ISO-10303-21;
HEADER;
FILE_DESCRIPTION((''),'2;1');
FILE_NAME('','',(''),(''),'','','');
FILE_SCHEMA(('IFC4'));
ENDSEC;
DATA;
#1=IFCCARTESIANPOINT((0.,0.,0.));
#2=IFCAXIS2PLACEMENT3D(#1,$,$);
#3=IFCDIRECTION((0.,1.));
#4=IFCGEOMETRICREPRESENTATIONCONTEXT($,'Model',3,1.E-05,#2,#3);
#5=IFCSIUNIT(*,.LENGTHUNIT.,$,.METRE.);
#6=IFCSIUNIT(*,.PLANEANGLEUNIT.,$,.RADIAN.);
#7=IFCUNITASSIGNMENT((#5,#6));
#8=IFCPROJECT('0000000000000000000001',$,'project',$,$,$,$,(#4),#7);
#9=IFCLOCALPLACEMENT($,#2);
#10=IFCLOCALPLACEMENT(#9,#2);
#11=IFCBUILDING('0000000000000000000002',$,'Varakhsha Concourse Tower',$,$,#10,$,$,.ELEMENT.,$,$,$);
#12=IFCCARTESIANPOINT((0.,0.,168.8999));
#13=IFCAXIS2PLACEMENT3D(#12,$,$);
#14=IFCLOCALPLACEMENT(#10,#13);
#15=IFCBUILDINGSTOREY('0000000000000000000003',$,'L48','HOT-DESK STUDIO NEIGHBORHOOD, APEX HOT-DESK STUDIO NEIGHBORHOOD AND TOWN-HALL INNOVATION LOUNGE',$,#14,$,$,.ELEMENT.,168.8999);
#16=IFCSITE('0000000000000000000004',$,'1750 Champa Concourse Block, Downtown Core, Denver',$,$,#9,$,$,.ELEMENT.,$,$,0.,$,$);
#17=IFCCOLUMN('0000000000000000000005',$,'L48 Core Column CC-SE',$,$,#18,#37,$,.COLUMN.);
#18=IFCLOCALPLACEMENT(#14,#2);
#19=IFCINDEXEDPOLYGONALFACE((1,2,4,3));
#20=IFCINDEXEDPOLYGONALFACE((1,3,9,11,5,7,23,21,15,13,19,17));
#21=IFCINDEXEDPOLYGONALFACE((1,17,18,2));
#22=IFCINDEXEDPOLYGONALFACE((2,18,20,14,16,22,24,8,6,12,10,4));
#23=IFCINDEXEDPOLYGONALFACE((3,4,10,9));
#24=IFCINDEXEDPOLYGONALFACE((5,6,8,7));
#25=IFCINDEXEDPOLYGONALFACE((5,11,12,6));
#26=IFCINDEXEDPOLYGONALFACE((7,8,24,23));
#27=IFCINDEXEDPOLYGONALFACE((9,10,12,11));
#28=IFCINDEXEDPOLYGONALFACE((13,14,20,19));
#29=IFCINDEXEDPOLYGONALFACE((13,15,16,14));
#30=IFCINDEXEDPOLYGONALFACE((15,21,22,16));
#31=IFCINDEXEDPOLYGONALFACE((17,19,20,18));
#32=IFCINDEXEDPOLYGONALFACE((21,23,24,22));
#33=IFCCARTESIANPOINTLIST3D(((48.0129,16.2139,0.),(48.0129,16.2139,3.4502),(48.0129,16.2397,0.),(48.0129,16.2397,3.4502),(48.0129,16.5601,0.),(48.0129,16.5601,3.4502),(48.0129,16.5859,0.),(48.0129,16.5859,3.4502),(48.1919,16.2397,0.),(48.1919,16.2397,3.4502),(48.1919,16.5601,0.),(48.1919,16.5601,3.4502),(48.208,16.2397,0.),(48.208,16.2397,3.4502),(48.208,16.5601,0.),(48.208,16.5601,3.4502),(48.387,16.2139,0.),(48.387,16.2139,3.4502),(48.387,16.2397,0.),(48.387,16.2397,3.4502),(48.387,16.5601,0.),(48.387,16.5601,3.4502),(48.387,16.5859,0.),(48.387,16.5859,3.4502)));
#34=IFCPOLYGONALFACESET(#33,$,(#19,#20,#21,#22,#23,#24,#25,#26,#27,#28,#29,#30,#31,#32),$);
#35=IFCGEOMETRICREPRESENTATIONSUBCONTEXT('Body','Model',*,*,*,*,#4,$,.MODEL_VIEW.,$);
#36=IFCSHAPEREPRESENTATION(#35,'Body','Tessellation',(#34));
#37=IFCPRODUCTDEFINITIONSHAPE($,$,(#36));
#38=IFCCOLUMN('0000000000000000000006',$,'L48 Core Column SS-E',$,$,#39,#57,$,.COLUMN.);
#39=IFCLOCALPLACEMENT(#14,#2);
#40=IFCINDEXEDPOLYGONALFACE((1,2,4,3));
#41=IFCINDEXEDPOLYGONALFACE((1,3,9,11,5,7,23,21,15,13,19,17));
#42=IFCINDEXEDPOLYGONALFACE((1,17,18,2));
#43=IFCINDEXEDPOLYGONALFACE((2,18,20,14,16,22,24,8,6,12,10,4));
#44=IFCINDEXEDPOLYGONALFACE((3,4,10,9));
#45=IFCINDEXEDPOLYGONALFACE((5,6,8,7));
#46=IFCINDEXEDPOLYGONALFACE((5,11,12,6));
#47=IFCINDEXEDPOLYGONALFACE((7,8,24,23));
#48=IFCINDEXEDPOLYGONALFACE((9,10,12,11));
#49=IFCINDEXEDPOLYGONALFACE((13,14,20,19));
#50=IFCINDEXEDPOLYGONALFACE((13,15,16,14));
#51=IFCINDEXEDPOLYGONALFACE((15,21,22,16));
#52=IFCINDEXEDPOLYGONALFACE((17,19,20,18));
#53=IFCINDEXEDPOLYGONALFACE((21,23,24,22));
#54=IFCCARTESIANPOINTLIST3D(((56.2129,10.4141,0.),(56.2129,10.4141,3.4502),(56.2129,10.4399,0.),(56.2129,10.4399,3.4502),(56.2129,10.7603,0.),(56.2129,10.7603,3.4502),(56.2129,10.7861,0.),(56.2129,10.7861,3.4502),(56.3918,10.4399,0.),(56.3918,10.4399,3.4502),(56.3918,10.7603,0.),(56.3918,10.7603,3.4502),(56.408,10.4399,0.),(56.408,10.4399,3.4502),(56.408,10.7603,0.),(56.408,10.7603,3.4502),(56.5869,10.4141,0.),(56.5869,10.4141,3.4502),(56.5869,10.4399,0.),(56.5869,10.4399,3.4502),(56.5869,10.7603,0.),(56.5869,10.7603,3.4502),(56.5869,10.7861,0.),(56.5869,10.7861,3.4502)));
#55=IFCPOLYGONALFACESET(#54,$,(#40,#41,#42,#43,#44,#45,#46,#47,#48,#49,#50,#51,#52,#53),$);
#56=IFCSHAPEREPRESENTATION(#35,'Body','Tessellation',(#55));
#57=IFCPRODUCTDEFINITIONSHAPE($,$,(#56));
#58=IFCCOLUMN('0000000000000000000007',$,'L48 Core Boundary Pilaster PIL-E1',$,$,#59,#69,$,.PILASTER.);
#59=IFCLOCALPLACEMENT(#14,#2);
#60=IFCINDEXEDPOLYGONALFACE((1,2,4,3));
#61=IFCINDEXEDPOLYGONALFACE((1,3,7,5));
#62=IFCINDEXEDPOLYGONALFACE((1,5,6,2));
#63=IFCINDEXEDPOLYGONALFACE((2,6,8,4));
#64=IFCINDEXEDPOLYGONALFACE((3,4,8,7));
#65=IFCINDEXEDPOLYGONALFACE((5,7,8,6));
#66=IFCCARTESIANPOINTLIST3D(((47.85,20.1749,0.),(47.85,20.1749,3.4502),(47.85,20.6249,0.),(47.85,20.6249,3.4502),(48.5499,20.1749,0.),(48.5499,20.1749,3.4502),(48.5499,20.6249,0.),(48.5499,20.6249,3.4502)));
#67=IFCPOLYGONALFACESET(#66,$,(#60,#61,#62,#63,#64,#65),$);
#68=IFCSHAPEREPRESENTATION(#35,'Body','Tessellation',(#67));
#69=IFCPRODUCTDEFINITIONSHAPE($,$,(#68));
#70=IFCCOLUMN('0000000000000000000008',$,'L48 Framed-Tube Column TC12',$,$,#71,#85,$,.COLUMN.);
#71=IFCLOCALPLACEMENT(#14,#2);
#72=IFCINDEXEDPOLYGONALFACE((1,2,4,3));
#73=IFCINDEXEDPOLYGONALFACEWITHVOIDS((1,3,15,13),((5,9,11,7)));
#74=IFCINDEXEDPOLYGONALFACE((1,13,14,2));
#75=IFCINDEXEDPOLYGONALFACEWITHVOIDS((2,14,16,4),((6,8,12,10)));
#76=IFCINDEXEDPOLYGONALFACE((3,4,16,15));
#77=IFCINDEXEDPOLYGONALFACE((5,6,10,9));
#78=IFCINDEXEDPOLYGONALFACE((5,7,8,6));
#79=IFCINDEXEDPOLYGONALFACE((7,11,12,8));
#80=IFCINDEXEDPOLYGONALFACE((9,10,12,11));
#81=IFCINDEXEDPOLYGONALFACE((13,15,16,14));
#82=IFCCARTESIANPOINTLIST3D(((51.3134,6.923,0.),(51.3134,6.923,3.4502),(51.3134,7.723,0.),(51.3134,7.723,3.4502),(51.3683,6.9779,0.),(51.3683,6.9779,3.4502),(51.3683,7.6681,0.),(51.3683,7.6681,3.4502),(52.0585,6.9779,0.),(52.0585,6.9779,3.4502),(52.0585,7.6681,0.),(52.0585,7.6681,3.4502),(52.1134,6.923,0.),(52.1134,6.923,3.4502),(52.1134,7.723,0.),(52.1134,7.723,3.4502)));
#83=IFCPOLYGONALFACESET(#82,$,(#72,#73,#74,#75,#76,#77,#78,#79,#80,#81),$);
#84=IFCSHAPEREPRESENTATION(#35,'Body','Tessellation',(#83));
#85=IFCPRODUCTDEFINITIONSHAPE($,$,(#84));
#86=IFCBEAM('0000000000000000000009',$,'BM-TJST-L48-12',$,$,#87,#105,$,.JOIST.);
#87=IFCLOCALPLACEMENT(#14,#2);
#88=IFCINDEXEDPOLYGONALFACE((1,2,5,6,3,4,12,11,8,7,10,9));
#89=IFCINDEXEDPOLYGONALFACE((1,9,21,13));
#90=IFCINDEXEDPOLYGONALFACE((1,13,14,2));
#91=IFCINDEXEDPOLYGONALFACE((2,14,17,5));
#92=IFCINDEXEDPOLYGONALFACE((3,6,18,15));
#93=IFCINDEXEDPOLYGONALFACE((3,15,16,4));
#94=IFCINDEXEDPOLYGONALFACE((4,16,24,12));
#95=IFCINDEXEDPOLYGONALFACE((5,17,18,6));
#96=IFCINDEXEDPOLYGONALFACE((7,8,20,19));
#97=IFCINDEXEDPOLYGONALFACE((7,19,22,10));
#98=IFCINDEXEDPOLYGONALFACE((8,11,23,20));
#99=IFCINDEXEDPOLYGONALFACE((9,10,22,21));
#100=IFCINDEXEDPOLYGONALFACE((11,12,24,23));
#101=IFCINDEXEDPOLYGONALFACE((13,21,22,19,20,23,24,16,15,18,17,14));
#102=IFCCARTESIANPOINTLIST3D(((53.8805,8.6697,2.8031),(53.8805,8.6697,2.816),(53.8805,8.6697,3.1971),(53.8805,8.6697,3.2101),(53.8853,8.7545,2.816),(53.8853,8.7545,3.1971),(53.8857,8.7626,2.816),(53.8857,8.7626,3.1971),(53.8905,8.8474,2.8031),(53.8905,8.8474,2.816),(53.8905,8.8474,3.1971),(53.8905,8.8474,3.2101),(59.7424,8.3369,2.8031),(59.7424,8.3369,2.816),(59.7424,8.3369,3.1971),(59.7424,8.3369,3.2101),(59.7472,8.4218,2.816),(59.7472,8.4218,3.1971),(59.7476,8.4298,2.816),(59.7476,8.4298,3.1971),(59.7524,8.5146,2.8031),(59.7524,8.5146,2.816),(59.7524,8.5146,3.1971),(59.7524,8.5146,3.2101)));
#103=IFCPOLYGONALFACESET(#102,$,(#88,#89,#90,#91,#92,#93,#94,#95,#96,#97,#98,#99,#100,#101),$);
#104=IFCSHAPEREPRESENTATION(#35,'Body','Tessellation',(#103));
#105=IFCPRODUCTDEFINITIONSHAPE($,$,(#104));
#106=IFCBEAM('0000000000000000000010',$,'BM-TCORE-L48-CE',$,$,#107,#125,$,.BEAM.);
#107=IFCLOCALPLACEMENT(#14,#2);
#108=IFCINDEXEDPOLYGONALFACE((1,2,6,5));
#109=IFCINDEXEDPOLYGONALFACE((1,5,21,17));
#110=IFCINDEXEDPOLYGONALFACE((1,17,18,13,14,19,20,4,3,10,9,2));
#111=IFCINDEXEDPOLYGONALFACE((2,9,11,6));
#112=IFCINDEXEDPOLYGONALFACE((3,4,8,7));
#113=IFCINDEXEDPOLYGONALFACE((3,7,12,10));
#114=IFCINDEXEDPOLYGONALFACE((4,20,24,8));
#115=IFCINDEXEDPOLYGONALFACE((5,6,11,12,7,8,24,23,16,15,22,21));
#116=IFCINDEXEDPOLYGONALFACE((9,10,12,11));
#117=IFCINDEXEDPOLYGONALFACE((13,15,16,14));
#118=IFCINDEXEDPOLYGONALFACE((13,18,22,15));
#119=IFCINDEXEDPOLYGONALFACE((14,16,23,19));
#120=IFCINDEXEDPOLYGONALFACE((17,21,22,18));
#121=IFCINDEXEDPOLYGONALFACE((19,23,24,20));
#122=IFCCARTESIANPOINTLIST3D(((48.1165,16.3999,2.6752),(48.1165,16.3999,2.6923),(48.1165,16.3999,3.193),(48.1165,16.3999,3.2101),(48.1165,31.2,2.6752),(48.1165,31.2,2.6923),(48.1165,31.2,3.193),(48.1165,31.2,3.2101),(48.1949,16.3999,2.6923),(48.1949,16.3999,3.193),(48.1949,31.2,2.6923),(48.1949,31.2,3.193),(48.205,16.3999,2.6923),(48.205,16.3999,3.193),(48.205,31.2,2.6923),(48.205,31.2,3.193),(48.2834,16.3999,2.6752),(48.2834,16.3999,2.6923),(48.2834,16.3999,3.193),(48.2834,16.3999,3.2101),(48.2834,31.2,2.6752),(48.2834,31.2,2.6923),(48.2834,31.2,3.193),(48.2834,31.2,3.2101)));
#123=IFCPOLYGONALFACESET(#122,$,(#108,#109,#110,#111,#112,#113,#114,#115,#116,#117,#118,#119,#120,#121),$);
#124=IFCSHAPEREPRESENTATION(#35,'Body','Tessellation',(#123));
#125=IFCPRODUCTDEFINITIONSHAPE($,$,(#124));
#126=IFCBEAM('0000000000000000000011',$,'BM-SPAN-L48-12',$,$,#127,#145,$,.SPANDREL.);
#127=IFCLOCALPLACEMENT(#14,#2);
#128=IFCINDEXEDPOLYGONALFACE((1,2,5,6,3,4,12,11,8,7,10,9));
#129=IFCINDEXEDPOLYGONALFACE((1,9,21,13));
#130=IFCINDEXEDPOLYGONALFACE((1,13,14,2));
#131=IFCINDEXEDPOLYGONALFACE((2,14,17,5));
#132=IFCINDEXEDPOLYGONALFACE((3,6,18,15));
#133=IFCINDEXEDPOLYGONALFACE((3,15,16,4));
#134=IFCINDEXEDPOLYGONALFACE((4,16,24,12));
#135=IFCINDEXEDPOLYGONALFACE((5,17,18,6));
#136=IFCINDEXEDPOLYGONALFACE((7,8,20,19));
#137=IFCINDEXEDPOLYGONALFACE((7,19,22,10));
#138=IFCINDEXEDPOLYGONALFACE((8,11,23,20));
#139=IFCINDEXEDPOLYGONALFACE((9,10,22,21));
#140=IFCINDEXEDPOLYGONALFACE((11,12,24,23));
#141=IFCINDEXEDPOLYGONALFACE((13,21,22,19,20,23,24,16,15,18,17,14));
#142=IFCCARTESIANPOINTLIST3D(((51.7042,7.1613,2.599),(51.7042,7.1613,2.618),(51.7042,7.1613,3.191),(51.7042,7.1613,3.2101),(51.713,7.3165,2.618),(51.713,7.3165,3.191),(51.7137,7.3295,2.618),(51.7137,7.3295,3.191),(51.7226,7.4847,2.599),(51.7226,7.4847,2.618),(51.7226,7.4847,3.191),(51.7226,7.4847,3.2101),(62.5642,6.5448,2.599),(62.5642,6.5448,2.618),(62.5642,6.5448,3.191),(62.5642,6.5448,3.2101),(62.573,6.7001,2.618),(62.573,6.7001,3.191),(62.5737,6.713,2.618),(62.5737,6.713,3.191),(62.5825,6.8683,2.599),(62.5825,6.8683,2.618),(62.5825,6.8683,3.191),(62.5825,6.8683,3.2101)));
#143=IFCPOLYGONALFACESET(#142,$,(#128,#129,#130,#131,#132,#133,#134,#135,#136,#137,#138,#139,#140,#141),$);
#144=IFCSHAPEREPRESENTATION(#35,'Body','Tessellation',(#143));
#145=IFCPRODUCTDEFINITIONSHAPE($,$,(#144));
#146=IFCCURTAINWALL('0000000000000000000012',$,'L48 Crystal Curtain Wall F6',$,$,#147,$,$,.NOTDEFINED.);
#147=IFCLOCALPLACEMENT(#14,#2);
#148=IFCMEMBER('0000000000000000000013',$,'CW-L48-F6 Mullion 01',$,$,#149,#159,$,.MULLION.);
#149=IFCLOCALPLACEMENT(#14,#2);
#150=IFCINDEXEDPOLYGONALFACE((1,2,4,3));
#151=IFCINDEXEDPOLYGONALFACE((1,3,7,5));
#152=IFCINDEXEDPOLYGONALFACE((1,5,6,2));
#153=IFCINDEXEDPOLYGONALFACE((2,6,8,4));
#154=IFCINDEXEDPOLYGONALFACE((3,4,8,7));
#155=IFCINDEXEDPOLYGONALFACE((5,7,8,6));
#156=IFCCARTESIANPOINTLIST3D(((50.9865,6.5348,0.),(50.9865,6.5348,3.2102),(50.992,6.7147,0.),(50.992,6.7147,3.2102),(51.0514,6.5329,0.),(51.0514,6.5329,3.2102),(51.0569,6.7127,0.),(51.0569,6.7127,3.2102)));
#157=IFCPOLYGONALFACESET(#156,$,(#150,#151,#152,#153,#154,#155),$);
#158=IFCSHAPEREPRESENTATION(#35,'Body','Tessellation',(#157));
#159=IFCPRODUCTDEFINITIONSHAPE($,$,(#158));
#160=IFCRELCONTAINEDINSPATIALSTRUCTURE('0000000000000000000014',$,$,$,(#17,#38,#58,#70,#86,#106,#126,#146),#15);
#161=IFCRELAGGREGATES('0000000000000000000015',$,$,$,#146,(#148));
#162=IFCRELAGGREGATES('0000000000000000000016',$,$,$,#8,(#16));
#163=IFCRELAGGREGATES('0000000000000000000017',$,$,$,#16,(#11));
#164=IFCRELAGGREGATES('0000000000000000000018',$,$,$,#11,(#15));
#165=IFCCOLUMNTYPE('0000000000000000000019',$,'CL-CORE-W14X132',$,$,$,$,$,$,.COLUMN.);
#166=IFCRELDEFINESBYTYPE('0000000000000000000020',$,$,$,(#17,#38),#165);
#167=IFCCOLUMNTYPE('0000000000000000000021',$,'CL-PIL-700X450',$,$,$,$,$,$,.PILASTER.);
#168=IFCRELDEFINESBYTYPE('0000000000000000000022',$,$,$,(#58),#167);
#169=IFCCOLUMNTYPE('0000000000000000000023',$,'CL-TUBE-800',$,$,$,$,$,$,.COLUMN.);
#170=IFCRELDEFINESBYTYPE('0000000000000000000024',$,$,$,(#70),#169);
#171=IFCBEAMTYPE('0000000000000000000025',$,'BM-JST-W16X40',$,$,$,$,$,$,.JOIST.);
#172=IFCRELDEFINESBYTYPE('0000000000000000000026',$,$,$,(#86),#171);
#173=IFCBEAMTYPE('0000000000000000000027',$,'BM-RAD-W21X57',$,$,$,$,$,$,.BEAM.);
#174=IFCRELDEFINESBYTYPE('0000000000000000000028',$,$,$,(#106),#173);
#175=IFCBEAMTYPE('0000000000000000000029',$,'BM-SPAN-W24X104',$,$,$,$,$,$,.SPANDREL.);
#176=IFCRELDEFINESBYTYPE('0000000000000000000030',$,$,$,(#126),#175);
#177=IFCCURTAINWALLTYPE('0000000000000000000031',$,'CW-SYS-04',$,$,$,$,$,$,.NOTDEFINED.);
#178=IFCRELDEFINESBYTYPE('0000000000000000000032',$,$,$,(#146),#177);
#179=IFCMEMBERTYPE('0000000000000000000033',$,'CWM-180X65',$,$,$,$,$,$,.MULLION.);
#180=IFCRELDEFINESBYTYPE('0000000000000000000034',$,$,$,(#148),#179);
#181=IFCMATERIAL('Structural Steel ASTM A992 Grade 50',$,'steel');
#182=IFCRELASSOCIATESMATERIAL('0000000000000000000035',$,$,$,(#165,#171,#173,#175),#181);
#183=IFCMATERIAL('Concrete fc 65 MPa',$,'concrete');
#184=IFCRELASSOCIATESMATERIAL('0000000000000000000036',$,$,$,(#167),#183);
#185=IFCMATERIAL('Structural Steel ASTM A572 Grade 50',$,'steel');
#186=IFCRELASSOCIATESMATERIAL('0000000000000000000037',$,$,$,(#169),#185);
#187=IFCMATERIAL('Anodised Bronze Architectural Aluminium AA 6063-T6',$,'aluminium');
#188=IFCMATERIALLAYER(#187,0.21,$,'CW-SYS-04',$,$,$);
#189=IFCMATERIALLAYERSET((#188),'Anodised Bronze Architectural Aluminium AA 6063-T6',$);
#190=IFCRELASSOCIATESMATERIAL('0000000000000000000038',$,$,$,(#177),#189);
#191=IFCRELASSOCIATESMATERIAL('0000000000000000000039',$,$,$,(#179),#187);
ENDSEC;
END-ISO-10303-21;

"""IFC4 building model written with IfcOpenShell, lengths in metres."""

from ifc_helpers import new_model, si_unit, direction, frame, origin, origin_2d, place, context, subcontext, project, spatial, rectangle, hollow_rectangle, i_section, extrude, source, transform, mapped, material, layer, layer_set, material_profile, profile_set, type_object, type_shapes, element, aggregate, save


model = new_model("IFC4")

# Units and contexts
model_context = context("Model", 3, precision=1e-05, world=origin(), true_north=direction((0.0, 1.0)))
body_context = subcontext(model_context, "Body", "Model", "MODEL_VIEW")
ifc_project = project(units=[si_unit("LENGTHUNIT", "METRE"), si_unit("PLANEANGLEUNIT", "RADIAN")], contexts=[model_context])

# Site, building, storey
site_placement = place(None, origin())
site = spatial("IfcSite", under=ifc_project, at=site_placement, Name="1750 Champa Concourse Block, Downtown Core, Denver", CompositionType="ELEMENT", RefElevation=0.0)
building_placement = place(site_placement, origin())
building = spatial("IfcBuilding", under=site, at=building_placement, Name="Varakhsha Concourse Tower", CompositionType="ELEMENT")
storey_placement = place(building_placement, frame((0.0, 0.0, 168.8999)))
storey = spatial("IfcBuildingStorey", under=building, at=storey_placement, Name="L48", Description="HOT-DESK STUDIO NEIGHBORHOOD, APEX HOT-DESK STUDIO NEIGHBORHOOD AND TOWN-HALL INNOVATION LOUNGE", CompositionType="ELEMENT", Elevation=168.8999)

# Columns
ifc_material_1 = material(Name="Structural Steel ASTM A992 Grade 50", Category="steel")
ifc_material_profile_1 = material_profile(ifc_material_1, i_section(OverallWidth=0.374, OverallDepth=0.3721, WebThickness=0.0161, FlangeThickness=0.0259, at=origin_2d()), Name="W14X132")
ifc_profile_set_1 = profile_set([ifc_material_profile_1], Name="Structural Steel ASTM A992 Grade 50")
column_type_1 = type_object("IfcColumnType", Name="CL-CORE-W14X132", PredefinedType="COLUMN", material=ifc_profile_set_1)
for number, where, z_axis, x_axis, name in (
    (1, (48.2, 16.3999, 0.0), (0.0, 0.0, 1.0), (1.0, 0.0, 0.0), "L48 Core Column CC-SE"),
    (2, (56.3999, 10.6001, 0.0), (0.0, 0.0, 1.0), (1.0, 0.0, 0.0), "L48 Core Column SS-E"),
):
    element("IfcColumn", number, at=place(storey_placement, frame(where, z_axis=z_axis, x_axis=x_axis)), inside=storey, type_object=column_type_1, Name=name, PredefinedType="COLUMN", context=body_context, shape_type="SweptSolid", body=[
        extrude(i_section(OverallWidth=0.374, OverallDepth=0.3721, WebThickness=0.0161, FlangeThickness=0.0259, at=origin_2d()), origin(), (0.0, 0.0, 1.0), 3.4502),
    ])
ifc_material_2 = material(Name="Concrete fc 65 MPa", Category="concrete")
ifc_material_profile_2 = material_profile(ifc_material_2, rectangle(XDim=0.7, YDim=0.45, at=origin_2d()), Name="RC 700x450")
ifc_profile_set_2 = profile_set([ifc_material_profile_2], Name="Concrete fc 65 MPa")
column_type_2 = type_object("IfcColumnType", Name="CL-PIL-700X450", PredefinedType="PILASTER", material=ifc_profile_set_2)
column_1_placement = place(storey_placement, frame((48.2, 20.3999, 0.0), z_axis=(0.0, 0.0, 1.0), x_axis=(1.0, 0.0, 0.0)))
element("IfcColumn", 3, at=column_1_placement, inside=storey, type_object=column_type_2, Name="L48 Core Boundary Pilaster PIL-E1", PredefinedType="PILASTER", context=body_context, shape_type="SweptSolid", body=[
    extrude(rectangle(XDim=0.7, YDim=0.45, at=origin_2d()), origin(), (0.0, 0.0, 1.0), 3.4502),
])
ifc_material_3 = material(Name="Structural Steel ASTM A572 Grade 50", Category="steel")
ifc_material_profile_3 = material_profile(ifc_material_3, hollow_rectangle(XDim=0.8, YDim=0.8, WallThickness=0.0549, at=origin_2d()), Name="BOX 800x800x55")
ifc_profile_set_3 = profile_set([ifc_material_profile_3], Name="Structural Steel ASTM A572 Grade 50")
column_type_3 = type_object("IfcColumnType", Name="CL-TUBE-800", PredefinedType="COLUMN", material=ifc_profile_set_3)
column_2_placement = place(storey_placement, frame((51.7134, 7.323, 0.0), z_axis=(0.0, 0.0, 1.0), x_axis=(1.0, 0.0, 0.0)))
element("IfcColumn", 4, at=column_2_placement, inside=storey, type_object=column_type_3, Name="L48 Framed-Tube Column TC12", PredefinedType="COLUMN", context=body_context, shape_type="SweptSolid", body=[
    extrude(hollow_rectangle(XDim=0.8, YDim=0.8, WallThickness=0.0549, at=origin_2d()), origin(), (0.0, 0.0, 1.0), 3.4502),
])

# Beams
ifc_material_profile_4 = material_profile(ifc_material_1, i_section(OverallWidth=0.178, OverallDepth=0.407, WebThickness=0.0081, FlangeThickness=0.0129, at=origin_2d()), Name="W16X40")
ifc_profile_set_4 = profile_set([ifc_material_profile_4], Name="Structural Steel ASTM A992 Grade 50")
beam_type_1 = type_object("IfcBeamType", Name="BM-JST-W16X40", PredefinedType="JOIST", material=ifc_profile_set_4)
beam_1_placement = place(storey_placement, frame((53.8855, 8.7585, 3.0066), z_axis=(0.998393, -0.056677, 0.0), x_axis=(0.056677, 0.998393, 0.0)))
element("IfcBeam", 5, at=beam_1_placement, inside=storey, type_object=beam_type_1, Name="BM-TJST-L48-12", PredefinedType="JOIST", context=body_context, shape_type="SweptSolid", body=[
    extrude(i_section(OverallWidth=0.178, OverallDepth=0.407, WebThickness=0.0081, FlangeThickness=0.0129, at=origin_2d()), origin(), (0.0, 0.0, 1.0), 5.8713),
])
ifc_material_profile_5 = material_profile(ifc_material_1, i_section(OverallWidth=0.167, OverallDepth=0.5349, WebThickness=0.01, FlangeThickness=0.0171, at=origin_2d()), Name="W21X57")
ifc_profile_set_5 = profile_set([ifc_material_profile_5], Name="Structural Steel ASTM A992 Grade 50")
beam_type_2 = type_object("IfcBeamType", Name="BM-RAD-W21X57", PredefinedType="BEAM", material=ifc_profile_set_5)
beam_2_placement = place(storey_placement, frame((48.2, 16.3999, 2.9426), z_axis=(0.0, 1.0, 0.0), x_axis=(-1.0, 0.0, 0.0)))
element("IfcBeam", 6, at=beam_2_placement, inside=storey, type_object=beam_type_2, Name="BM-TCORE-L48-CE", PredefinedType="BEAM", context=body_context, shape_type="SweptSolid", body=[
    extrude(i_section(OverallWidth=0.167, OverallDepth=0.5349, WebThickness=0.01, FlangeThickness=0.0171, at=origin_2d()), origin(), (0.0, 0.0, 1.0), 14.8),
])
ifc_material_profile_6 = material_profile(ifc_material_1, i_section(OverallWidth=0.324, OverallDepth=0.6111, WebThickness=0.0129, FlangeThickness=0.019, at=origin_2d()), Name="W24X104")
ifc_profile_set_6 = profile_set([ifc_material_profile_6], Name="Structural Steel ASTM A992 Grade 50")
beam_type_3 = type_object("IfcBeamType", Name="BM-SPAN-W24X104", PredefinedType="SPANDREL", material=ifc_profile_set_6)
beam_3_placement = place(storey_placement, frame((51.7134, 7.323, 2.9045), z_axis=(0.998393, -0.056673, 0.0), x_axis=(0.056673, 0.998393, 0.0)))
element("IfcBeam", 7, at=beam_3_placement, inside=storey, type_object=beam_type_3, Name="BM-SPAN-L48-12", PredefinedType="SPANDREL", context=body_context, shape_type="SweptSolid", body=[
    extrude(i_section(OverallWidth=0.324, OverallDepth=0.6111, WebThickness=0.0129, FlangeThickness=0.019, at=origin_2d()), origin(), (0.0, 0.0, 1.0), 10.8774),
])

# Curtain wall, member
ifc_material_4 = material(Name="Anodised Bronze Architectural Aluminium AA 6063-T6", Category="aluminium")
ifc_layer_1 = layer(ifc_material_4, 0.21, Name="CW-SYS-04")
ifc_layer_set_1 = layer_set([ifc_layer_1], Name="Anodised Bronze Architectural Aluminium AA 6063-T6")
curtain_wall_type = type_object("IfcCurtainWallType", Name="CW-SYS-04", PredefinedType="NOTDEFINED", material=ifc_layer_set_1)
curtain_wall_placement = place(storey_placement, origin())
curtain_wall = element("IfcCurtainWall", 8, at=curtain_wall_placement, inside=storey, type_object=curtain_wall_type, Name="L48 Crystal Curtain Wall F6", PredefinedType="NOTDEFINED")
ifc_material_profile_7 = material_profile(ifc_material_4, rectangle(XDim=0.0649, YDim=0.1799, at=origin_2d()), Name="CWM-180X65")
ifc_profile_set_7 = profile_set([ifc_material_profile_7], Name="Anodised Bronze Architectural Aluminium AA 6063-T6")
member_type = type_object("IfcMemberType", Name="CWM-180X65", PredefinedType="MULLION", material=ifc_profile_set_7)
shared_shape = source(origin(), body_context, "Body", "SweptSolid", [
    extrude(rectangle(XDim=0.0649, YDim=0.1799, at=origin_2d()), origin(), (0.0, 0.0, 1.0), 3.2102),
])
type_shapes(member_type, [shared_shape])
member_placement = place(storey_placement, frame((51.0217, 6.6238, 0.0), z_axis=(0.0, 0.0, 1.0), x_axis=(-0.999534, 0.030525, 0.0)))
member = element("IfcMember", 9, at=member_placement, type_object=member_type, Name="CW-L48-F6 Mullion 01", PredefinedType="MULLION", context=body_context, shape_type="MappedRepresentation", body=[
    mapped(shared_shape, transform((0.0, 0.0, 0.0), scale=1.0)),
])
aggregate(curtain_wall, [member])

save(model, "model.ifc")
